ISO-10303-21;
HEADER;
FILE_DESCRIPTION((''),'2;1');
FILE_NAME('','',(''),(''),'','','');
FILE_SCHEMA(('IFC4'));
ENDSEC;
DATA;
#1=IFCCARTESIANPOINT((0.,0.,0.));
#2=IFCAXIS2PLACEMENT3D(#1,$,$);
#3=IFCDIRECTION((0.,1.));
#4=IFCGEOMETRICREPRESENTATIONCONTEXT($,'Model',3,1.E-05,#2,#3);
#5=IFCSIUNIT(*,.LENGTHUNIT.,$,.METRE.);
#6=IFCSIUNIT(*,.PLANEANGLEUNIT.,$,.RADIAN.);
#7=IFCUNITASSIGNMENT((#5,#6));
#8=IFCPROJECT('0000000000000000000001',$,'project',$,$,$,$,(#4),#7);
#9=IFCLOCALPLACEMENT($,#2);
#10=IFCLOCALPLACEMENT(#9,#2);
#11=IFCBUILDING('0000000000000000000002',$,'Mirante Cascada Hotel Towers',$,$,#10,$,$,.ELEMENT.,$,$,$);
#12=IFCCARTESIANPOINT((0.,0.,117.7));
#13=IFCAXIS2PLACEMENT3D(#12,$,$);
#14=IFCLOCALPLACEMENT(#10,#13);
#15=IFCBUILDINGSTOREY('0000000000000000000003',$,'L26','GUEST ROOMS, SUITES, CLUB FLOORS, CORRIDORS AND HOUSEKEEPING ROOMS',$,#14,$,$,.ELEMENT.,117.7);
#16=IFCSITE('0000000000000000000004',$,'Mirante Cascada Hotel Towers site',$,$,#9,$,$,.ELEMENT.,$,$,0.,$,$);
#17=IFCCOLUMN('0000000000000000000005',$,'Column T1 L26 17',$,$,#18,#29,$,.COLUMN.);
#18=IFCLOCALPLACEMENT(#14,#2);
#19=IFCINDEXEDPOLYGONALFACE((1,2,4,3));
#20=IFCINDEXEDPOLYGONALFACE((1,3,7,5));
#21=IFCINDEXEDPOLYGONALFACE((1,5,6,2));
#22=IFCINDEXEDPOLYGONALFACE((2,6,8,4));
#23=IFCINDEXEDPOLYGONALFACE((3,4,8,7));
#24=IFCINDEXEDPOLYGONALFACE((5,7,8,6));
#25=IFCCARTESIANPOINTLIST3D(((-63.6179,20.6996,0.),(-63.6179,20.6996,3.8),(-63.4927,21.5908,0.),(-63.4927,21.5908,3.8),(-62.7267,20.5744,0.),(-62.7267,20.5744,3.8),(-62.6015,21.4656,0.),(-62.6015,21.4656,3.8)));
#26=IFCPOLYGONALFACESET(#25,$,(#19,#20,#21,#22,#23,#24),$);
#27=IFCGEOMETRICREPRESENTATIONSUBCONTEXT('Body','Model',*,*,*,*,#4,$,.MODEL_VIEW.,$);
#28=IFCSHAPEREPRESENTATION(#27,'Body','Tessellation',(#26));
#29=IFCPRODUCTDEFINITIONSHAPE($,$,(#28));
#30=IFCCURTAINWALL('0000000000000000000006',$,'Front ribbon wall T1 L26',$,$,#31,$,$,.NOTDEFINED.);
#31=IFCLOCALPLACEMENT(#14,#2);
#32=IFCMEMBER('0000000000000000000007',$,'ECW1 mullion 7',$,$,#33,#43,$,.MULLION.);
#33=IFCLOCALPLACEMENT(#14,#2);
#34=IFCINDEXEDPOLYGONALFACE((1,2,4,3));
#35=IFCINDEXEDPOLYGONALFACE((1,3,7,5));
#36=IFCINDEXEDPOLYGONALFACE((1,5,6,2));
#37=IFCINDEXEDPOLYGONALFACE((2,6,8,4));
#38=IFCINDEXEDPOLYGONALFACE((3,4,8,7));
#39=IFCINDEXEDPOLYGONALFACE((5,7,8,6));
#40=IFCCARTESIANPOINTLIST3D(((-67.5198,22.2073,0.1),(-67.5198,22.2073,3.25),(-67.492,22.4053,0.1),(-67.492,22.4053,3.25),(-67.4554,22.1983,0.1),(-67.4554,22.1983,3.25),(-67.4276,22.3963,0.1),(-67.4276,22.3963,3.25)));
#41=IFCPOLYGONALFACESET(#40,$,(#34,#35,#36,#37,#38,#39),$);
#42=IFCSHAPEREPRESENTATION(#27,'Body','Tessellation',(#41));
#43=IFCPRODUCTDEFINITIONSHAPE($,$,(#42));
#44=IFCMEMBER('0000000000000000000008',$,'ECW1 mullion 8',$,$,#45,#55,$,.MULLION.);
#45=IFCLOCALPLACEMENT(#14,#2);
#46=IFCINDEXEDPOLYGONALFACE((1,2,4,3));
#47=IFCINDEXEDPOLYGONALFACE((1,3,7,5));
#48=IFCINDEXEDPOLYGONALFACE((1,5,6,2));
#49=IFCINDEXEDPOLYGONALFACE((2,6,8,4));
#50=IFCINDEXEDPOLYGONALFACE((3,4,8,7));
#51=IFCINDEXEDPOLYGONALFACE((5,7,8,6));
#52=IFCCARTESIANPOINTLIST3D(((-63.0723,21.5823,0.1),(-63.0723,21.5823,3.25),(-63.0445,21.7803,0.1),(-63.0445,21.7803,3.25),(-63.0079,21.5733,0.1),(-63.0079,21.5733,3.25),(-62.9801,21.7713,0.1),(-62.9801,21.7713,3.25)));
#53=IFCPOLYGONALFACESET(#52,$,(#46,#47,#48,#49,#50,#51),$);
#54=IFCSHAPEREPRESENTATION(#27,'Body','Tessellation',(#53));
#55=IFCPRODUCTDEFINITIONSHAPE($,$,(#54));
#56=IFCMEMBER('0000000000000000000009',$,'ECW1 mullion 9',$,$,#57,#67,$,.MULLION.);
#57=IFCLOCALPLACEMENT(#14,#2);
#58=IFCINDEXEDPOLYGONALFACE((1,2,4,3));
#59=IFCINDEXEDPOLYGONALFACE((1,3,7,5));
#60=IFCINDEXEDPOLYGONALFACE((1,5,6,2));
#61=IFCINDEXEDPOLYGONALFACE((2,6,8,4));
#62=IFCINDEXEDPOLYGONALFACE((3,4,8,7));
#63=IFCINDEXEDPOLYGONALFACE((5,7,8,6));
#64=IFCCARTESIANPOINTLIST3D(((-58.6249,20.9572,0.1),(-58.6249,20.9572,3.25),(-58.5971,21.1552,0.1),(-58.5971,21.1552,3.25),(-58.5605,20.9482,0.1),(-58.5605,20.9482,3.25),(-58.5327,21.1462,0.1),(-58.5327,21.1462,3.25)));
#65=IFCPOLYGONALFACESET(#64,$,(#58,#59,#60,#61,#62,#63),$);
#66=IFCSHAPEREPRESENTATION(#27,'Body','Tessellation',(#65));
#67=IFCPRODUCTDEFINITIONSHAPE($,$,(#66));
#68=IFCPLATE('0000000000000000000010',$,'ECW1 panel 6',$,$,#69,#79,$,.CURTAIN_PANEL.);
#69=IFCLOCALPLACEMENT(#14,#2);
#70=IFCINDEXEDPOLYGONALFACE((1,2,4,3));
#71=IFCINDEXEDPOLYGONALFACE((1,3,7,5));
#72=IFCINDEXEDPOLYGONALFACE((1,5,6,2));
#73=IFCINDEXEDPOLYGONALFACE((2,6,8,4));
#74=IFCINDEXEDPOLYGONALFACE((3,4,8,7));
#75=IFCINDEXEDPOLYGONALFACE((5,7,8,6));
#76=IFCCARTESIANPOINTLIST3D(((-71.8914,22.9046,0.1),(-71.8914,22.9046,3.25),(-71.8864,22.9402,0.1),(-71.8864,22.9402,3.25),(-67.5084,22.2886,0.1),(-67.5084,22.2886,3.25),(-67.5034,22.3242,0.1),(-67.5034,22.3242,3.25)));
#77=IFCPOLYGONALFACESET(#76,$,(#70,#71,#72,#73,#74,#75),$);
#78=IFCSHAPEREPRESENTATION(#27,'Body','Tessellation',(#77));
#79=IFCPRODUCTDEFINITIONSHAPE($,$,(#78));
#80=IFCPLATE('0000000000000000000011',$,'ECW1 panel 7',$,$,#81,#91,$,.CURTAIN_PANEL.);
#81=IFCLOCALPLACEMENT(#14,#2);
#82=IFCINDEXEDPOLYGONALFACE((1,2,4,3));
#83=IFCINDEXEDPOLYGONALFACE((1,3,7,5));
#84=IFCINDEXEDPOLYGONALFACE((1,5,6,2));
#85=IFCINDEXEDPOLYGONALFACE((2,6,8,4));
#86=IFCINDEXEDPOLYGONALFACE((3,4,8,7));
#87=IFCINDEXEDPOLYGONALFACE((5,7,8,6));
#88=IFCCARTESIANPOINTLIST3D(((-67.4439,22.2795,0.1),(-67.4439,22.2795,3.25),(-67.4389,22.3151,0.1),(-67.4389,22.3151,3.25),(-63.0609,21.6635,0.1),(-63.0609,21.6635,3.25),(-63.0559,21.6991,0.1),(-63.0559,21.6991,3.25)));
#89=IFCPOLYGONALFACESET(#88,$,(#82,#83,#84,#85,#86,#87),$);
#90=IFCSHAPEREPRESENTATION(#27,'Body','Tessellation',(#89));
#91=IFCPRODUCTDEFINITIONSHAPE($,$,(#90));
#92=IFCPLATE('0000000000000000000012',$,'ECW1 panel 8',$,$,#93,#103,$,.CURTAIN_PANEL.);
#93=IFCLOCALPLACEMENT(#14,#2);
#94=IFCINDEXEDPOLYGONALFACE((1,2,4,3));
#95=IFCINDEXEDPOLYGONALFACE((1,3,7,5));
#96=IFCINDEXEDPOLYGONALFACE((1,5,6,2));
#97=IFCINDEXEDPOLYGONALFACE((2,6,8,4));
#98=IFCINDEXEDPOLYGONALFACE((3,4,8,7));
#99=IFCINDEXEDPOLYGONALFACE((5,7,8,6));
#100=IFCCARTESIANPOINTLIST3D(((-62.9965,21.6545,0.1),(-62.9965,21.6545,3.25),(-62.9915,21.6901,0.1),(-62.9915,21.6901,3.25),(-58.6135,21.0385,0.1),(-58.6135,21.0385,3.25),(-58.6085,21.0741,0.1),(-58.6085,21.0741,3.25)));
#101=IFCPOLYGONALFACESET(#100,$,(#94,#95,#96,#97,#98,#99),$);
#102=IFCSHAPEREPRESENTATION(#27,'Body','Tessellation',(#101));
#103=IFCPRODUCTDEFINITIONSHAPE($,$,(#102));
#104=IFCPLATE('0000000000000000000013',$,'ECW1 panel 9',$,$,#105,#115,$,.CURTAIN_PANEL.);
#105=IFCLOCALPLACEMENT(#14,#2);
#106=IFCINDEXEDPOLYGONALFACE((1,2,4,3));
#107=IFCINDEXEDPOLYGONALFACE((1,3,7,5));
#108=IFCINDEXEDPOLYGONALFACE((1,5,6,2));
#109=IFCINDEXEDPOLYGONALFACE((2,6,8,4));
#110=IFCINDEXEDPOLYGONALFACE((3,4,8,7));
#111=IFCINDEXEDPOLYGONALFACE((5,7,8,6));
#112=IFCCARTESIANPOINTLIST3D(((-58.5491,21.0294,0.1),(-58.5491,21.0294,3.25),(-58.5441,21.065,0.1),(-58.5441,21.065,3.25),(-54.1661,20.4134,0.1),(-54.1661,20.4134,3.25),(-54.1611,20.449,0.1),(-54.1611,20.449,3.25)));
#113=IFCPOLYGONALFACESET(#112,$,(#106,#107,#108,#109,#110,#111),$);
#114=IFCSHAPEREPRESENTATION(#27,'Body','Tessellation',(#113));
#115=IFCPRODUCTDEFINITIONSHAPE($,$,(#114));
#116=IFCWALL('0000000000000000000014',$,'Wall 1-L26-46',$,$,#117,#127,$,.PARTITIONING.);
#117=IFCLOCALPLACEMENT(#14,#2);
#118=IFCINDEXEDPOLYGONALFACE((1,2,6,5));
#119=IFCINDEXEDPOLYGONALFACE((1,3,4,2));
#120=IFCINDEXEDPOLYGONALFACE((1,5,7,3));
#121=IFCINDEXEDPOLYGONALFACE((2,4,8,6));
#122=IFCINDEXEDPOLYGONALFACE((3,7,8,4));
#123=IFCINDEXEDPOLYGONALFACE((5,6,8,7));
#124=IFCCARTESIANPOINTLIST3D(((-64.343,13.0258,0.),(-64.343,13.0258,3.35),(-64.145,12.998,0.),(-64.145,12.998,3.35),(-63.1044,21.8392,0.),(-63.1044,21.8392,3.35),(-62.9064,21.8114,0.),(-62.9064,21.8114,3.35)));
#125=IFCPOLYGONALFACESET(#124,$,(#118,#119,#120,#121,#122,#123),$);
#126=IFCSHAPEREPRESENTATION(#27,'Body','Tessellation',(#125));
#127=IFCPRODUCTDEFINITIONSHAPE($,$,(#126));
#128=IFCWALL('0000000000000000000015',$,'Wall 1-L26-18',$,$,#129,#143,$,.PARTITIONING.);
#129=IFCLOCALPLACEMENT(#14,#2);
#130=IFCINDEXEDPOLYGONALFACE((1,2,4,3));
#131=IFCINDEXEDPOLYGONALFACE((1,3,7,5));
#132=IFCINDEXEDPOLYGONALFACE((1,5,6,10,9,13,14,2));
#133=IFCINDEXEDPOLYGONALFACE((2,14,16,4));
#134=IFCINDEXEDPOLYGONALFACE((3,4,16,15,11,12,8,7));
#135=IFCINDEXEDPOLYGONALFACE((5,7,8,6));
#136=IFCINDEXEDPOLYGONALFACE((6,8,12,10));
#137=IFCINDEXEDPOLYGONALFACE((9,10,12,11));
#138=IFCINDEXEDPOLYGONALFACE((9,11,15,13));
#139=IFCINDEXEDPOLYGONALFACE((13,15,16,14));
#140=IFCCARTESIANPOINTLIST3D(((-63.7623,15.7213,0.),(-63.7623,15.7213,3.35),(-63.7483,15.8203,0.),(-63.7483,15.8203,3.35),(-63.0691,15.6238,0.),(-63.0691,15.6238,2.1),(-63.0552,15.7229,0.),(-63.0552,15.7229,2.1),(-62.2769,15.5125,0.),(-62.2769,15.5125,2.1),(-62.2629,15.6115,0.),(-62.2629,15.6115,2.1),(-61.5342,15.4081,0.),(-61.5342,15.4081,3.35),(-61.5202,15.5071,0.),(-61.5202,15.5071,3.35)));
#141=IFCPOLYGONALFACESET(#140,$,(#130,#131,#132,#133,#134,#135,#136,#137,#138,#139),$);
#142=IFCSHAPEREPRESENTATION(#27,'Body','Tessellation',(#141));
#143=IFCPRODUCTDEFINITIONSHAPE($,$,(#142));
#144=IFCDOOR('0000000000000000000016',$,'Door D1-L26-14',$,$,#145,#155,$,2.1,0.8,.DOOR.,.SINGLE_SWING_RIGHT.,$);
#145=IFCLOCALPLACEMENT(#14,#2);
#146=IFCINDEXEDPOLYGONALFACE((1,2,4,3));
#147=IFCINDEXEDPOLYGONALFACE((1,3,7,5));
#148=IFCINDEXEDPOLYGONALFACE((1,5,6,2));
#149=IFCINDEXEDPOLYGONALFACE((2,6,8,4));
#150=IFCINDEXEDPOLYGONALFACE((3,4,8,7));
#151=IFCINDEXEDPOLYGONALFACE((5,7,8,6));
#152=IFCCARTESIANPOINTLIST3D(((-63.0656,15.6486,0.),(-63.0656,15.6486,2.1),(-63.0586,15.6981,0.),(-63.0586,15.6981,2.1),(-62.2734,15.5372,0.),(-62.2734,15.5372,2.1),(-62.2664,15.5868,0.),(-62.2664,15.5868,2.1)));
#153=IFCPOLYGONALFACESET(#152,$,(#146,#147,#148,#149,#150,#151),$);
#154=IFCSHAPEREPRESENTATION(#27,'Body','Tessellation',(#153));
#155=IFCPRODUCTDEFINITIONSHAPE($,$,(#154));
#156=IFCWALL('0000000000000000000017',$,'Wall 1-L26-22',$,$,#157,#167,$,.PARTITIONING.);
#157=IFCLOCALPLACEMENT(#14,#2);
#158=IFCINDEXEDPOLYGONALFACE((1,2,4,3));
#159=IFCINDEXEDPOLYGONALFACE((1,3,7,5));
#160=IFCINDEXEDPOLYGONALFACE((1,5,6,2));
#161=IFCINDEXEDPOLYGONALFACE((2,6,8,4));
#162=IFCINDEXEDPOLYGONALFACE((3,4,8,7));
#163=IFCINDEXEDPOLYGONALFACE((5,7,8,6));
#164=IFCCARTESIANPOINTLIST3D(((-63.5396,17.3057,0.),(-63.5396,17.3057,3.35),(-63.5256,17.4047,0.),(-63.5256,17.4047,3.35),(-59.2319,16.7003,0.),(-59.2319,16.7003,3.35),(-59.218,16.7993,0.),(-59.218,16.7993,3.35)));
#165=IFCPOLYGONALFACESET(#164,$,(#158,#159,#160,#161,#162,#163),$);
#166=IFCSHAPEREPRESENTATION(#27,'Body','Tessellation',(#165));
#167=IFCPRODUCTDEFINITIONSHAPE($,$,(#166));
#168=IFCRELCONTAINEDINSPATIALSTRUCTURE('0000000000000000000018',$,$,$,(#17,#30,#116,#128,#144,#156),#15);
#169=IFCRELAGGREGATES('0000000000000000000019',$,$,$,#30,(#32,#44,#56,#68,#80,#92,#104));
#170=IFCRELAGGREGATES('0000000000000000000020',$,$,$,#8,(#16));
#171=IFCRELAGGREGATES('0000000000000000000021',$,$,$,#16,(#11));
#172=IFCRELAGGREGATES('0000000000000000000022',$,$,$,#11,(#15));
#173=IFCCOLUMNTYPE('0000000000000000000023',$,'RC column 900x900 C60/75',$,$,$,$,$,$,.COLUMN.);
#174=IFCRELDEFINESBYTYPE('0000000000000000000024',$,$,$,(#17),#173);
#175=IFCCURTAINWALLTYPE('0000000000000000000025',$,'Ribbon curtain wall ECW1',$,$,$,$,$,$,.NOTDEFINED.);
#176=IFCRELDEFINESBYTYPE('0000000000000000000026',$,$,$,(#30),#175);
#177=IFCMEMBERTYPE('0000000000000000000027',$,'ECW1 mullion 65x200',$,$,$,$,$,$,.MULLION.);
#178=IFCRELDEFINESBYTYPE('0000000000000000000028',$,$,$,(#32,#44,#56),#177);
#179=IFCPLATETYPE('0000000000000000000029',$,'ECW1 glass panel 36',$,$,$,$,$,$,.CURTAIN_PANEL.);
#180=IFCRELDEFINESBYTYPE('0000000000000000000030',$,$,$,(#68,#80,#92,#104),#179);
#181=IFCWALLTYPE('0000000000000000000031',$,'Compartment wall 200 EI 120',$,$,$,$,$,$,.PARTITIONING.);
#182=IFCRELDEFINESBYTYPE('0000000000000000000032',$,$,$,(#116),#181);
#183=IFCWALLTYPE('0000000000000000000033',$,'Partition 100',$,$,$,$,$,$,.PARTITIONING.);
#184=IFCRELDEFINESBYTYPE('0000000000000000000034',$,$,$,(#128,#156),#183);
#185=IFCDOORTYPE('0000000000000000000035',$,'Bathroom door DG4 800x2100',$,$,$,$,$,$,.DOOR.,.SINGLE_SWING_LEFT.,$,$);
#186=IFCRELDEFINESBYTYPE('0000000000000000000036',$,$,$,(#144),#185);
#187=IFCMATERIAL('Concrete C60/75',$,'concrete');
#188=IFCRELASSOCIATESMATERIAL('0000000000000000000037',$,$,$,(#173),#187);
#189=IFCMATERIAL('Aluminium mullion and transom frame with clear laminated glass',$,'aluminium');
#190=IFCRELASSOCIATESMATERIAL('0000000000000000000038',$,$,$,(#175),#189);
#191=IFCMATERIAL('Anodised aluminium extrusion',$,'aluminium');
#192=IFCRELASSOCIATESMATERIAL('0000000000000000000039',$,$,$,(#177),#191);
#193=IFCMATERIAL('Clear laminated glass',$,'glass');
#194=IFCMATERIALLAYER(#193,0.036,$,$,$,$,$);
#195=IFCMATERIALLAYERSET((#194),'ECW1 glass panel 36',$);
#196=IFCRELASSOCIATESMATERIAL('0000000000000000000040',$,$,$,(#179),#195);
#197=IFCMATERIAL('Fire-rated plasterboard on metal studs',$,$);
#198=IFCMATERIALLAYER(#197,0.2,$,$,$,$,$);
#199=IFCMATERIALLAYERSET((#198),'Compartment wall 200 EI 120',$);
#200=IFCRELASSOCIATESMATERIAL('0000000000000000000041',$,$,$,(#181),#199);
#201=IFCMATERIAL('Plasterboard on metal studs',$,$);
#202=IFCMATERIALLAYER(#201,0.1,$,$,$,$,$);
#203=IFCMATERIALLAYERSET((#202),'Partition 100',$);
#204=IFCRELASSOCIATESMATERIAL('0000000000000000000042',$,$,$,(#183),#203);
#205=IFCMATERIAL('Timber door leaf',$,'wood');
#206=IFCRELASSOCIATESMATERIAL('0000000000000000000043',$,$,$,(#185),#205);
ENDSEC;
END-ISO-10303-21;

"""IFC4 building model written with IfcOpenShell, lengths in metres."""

from ifc_helpers import new_model, si_unit, direction, frame, frame_2d, origin, origin_2d, place, context, subcontext, project, spatial, rectangle, extrude, material, layer, layer_set, material_profile, profile_set, type_object, element, fill, aggregate, save


model = new_model("IFC4")

# Units and contexts
model_context = context("Model", 3, precision=1e-05, world=origin(), true_north=direction((0.0, 1.0)))
body_context = subcontext(model_context, "Body", "Model", "MODEL_VIEW")
ifc_project = project(units=[si_unit("LENGTHUNIT", "METRE"), si_unit("PLANEANGLEUNIT", "RADIAN")], contexts=[model_context])

# Site, building, storey
site_placement = place(None, origin())
site = spatial("IfcSite", under=ifc_project, at=site_placement, Name="Mirante Cascada Hotel Towers site", CompositionType="ELEMENT", RefElevation=0.0)
building_placement = place(site_placement, origin())
building = spatial("IfcBuilding", under=site, at=building_placement, Name="Mirante Cascada Hotel Towers", CompositionType="ELEMENT")
storey_placement = place(building_placement, frame((0.0, 0.0, 117.7)))
storey = spatial("IfcBuildingStorey", under=building, at=storey_placement, Name="L26", Description="GUEST ROOMS, SUITES, CLUB FLOORS, CORRIDORS AND HOUSEKEEPING ROOMS", CompositionType="ELEMENT", Elevation=117.7)

# Column
ifc_material_1 = material(Name="Concrete C60/75", Category="concrete")
ifc_material_profile_1 = material_profile(ifc_material_1, rectangle(XDim=0.9, YDim=0.9, at=origin_2d()), Name="RC column 900x900 C60/75")
ifc_profile_set_1 = profile_set([ifc_material_profile_1], Name="Concrete C60/75")
column_type = type_object("IfcColumnType", Name="RC column 900x900 C60/75", PredefinedType="COLUMN", material=ifc_profile_set_1)
column_placement = place(storey_placement, frame((-63.1097, 21.0826, 0.0), z_axis=(0.0, 0.0, 1.0), x_axis=(-0.990268, 0.139173, 0.0)))
element("IfcColumn", 1, at=column_placement, inside=storey, type_object=column_type, Name="Column T1 L26 17", PredefinedType="COLUMN", context=body_context, shape_type="SweptSolid", body=[
    extrude(rectangle(XDim=0.9, YDim=0.9, at=origin_2d()), origin(), (0.0, 0.0, 1.0), 3.8),
])

# Curtain wall, members, plates
ifc_material_2 = material(Name="Aluminium mullion and transom frame with clear laminated glass", Category="aluminium")
curtain_wall_type = type_object("IfcCurtainWallType", Name="Ribbon curtain wall ECW1", PredefinedType="NOTDEFINED", material=ifc_material_2)
curtain_wall_placement = place(storey_placement, origin())
curtain_wall = element("IfcCurtainWall", 2, at=curtain_wall_placement, inside=storey, type_object=curtain_wall_type, Name="Front ribbon wall T1 L26", PredefinedType="NOTDEFINED")
ifc_material_3 = material(Name="Anodised aluminium extrusion", Category="aluminium")
ifc_material_profile_2 = material_profile(ifc_material_3, rectangle(XDim=0.2, YDim=0.065, at=origin_2d()), Name="ECW1 MULLION 65x200")
ifc_profile_set_2 = profile_set([ifc_material_profile_2], Name="Anodised aluminium extrusion")
member_type = type_object("IfcMemberType", Name="ECW1 mullion 65x200", PredefinedType="MULLION", material=ifc_profile_set_2)
member_1_placement = place(storey_placement, frame((-67.4737, 22.3018, 0.1), z_axis=(0.0, 0.0, 1.0), x_axis=(0.139173, 0.990268, 0.0)))
member_1 = element("IfcMember", 3, at=member_1_placement, type_object=member_type, Name="ECW1 mullion 7", PredefinedType="MULLION", context=body_context, shape_type="SweptSolid", body=[
    extrude(rectangle(XDim=0.2, YDim=0.065, at=origin_2d()), origin(), (0.0, 0.0, 1.0), 3.15),
])
member_2_placement = place(storey_placement, frame((-63.0262, 21.6768, 0.1), z_axis=(0.0, 0.0, 1.0), x_axis=(0.139173, 0.990268, 0.0)))
member_2 = element("IfcMember", 4, at=member_2_placement, type_object=member_type, Name="ECW1 mullion 8", PredefinedType="MULLION", context=body_context, shape_type="SweptSolid", body=[
    extrude(rectangle(XDim=0.2, YDim=0.065, at=origin_2d()), origin(), (0.0, 0.0, 1.0), 3.15),
])
member_3_placement = place(storey_placement, frame((-58.5788, 21.0517, 0.1), z_axis=(0.0, 0.0, 1.0), x_axis=(0.139173, 0.990268, 0.0)))
member_3 = element("IfcMember", 5, at=member_3_placement, type_object=member_type, Name="ECW1 mullion 9", PredefinedType="MULLION", context=body_context, shape_type="SweptSolid", body=[
    extrude(rectangle(XDim=0.2, YDim=0.065, at=origin_2d()), origin(), (0.0, 0.0, 1.0), 3.15),
])
ifc_material_4 = material(Name="Clear laminated glass", Category="glass")
ifc_layer_1 = layer(ifc_material_4, 0.036)
ifc_layer_set_1 = layer_set([ifc_layer_1], Name="ECW1 glass panel 36")
plate_type = type_object("IfcPlateType", Name="ECW1 glass panel 36", PredefinedType="CURTAIN_PANEL", material=ifc_layer_set_1)
plate_1_placement = place(storey_placement, frame((-69.6974, 22.6144, 0.1), z_axis=(0.0, 0.0, 1.0), x_axis=(0.990268, -0.139173, 0.0)))
plate_1 = element("IfcPlate", 6, at=plate_1_placement, type_object=plate_type, Name="ECW1 panel 6", PredefinedType="CURTAIN_PANEL", context=body_context, shape_type="SweptSolid", body=[
    extrude(rectangle(XDim=4.4261, YDim=0.036, at=origin_2d()), origin(), (0.0, 0.0, 1.0), 3.15),
])
plate_2_placement = place(storey_placement, frame((-65.2499, 21.9893, 0.1), z_axis=(0.0, 0.0, 1.0), x_axis=(0.990268, -0.139173, 0.0)))
plate_2 = element("IfcPlate", 7, at=plate_2_placement, type_object=plate_type, Name="ECW1 panel 7", PredefinedType="CURTAIN_PANEL", context=body_context, shape_type="SweptSolid", body=[
    extrude(rectangle(XDim=4.4261, YDim=0.036, at=origin_2d()), origin(), (0.0, 0.0, 1.0), 3.15),
])
plate_3_placement = place(storey_placement, frame((-60.8025, 21.3643, 0.1), z_axis=(0.0, 0.0, 1.0), x_axis=(0.990268, -0.139173, 0.0)))
plate_3 = element("IfcPlate", 8, at=plate_3_placement, type_object=plate_type, Name="ECW1 panel 8", PredefinedType="CURTAIN_PANEL", context=body_context, shape_type="SweptSolid", body=[
    extrude(rectangle(XDim=4.4261, YDim=0.036, at=origin_2d()), origin(), (0.0, 0.0, 1.0), 3.15),
])
plate_4_placement = place(storey_placement, frame((-56.3551, 20.7392, 0.1), z_axis=(0.0, 0.0, 1.0), x_axis=(0.990268, -0.139173, 0.0)))
plate_4 = element("IfcPlate", 9, at=plate_4_placement, type_object=plate_type, Name="ECW1 panel 9", PredefinedType="CURTAIN_PANEL", context=body_context, shape_type="SweptSolid", body=[
    extrude(rectangle(XDim=4.4261, YDim=0.036, at=origin_2d()), origin(), (0.0, 0.0, 1.0), 3.15),
])
aggregate(curtain_wall, [member_1, member_2, member_3, plate_1, plate_2, plate_3, plate_4])

# Wall
ifc_material_5 = material(Name="Fire-rated plasterboard on metal studs")
ifc_layer_2 = layer(ifc_material_5, 0.2)
ifc_layer_set_2 = layer_set([ifc_layer_2], Name="Compartment wall 200 EI 120")
wall_type_1 = type_object("IfcWallType", Name="Compartment wall 200 EI 120", PredefinedType="PARTITIONING", material=ifc_layer_set_2)
wall_1_placement = place(storey_placement, frame((-63.0054, 21.8253, 0.0), z_axis=(0.0, 0.0, 1.0), x_axis=(-0.139168, -0.990269, 0.0)))
element("IfcWall", 10, at=wall_1_placement, inside=storey, type_object=wall_type_1, Name="Wall 1-L26-46", PredefinedType="PARTITIONING", context=body_context, shape_type="SweptSolid", body=[
    extrude(rectangle(XDim=8.9, YDim=0.2, at=frame_2d((4.45, 0.0))), origin(), (0.0, 0.0, 1.0), 3.35),
])

# Wall, opening, door
ifc_material_6 = material(Name="Plasterboard on metal studs")
ifc_layer_3 = layer(ifc_material_6, 0.1)
ifc_layer_set_3 = layer_set([ifc_layer_3], Name="Partition 100")
wall_type_2 = type_object("IfcWallType", Name="Partition 100", PredefinedType="PARTITIONING", material=ifc_layer_set_3)
wall_2_placement = place(storey_placement, frame((-63.7553, 15.7708, 0.0), z_axis=(0.0, 0.0, 1.0), x_axis=(0.990264, -0.1392, 0.0)))
wall_2 = element("IfcWall", 11, at=wall_2_placement, inside=storey, type_object=wall_type_2, Name="Wall 1-L26-18", PredefinedType="PARTITIONING", context=body_context, shape_type="SweptSolid", body=[
    extrude(rectangle(XDim=2.25, YDim=0.1, at=frame_2d((1.125, 0.0))), origin(), (0.0, 0.0, 1.0), 3.35),
])
opening_1_placement = place(wall_2_placement, frame((0.7, 0.0, 0.0)))
opening_1 = element("IfcOpeningElement", 12, at=opening_1_placement, cuts=wall_2, PredefinedType="OPENING", context=body_context, shape_type="SweptSolid", body=[
    extrude(rectangle(XDim=0.8, YDim=2.1, at=frame_2d((0.4, 1.05))), frame((0.0, 0.05, 0.0), z_axis=(0.0, -1.0, 0.0), x_axis=(1.0, 0.0, 0.0)), (0.0, 0.0, 1.0), 0.1),
])
ifc_material_7 = material(Name="Timber door leaf", Category="wood")
door_type_1 = type_object("IfcDoorType", Name="Bathroom door DG4 800x2100", OperationType="SINGLE_SWING_LEFT", PredefinedType="DOOR", material=ifc_material_7)
door_1_placement = place(opening_1_placement, frame((0.8, 0.0, 0.0), z_axis=(0.0, 0.0, 1.0), x_axis=(-1.0, 0.0, 0.0)))
door_1 = element("IfcDoor", 13, at=door_1_placement, inside=storey, type_object=door_type_1, Name="Door D1-L26-14", OperationType="SINGLE_SWING_RIGHT", OverallHeight=2.1, OverallWidth=0.8, PredefinedType="DOOR", context=body_context, shape_type="SweptSolid", body=[
    extrude(rectangle(XDim=0.8, YDim=2.1, at=frame_2d((0.4, 1.05))), frame((0.0, 0.025, 0.0), z_axis=(0.0, -1.0, 0.0), x_axis=(1.0, 0.0, 0.0)), (0.0, 0.0, 1.0), 0.05),
])
fill(opening_1, door_1)

# Wall
wall_3_placement = place(storey_placement, frame((-63.5326, 17.3552, 0.0), z_axis=(0.0, 0.0, 1.0), x_axis=(0.990268, -0.139171, 0.0)))
element("IfcWall", 14, at=wall_3_placement, inside=storey, type_object=wall_type_2, Name="Wall 1-L26-22", PredefinedType="PARTITIONING", context=body_context, shape_type="SweptSolid", body=[
    extrude(rectangle(XDim=4.35, YDim=0.1, at=frame_2d((2.175, 0.0))), origin(), (0.0, 0.0, 1.0), 3.35),
])

save(model, "model.ifc")
